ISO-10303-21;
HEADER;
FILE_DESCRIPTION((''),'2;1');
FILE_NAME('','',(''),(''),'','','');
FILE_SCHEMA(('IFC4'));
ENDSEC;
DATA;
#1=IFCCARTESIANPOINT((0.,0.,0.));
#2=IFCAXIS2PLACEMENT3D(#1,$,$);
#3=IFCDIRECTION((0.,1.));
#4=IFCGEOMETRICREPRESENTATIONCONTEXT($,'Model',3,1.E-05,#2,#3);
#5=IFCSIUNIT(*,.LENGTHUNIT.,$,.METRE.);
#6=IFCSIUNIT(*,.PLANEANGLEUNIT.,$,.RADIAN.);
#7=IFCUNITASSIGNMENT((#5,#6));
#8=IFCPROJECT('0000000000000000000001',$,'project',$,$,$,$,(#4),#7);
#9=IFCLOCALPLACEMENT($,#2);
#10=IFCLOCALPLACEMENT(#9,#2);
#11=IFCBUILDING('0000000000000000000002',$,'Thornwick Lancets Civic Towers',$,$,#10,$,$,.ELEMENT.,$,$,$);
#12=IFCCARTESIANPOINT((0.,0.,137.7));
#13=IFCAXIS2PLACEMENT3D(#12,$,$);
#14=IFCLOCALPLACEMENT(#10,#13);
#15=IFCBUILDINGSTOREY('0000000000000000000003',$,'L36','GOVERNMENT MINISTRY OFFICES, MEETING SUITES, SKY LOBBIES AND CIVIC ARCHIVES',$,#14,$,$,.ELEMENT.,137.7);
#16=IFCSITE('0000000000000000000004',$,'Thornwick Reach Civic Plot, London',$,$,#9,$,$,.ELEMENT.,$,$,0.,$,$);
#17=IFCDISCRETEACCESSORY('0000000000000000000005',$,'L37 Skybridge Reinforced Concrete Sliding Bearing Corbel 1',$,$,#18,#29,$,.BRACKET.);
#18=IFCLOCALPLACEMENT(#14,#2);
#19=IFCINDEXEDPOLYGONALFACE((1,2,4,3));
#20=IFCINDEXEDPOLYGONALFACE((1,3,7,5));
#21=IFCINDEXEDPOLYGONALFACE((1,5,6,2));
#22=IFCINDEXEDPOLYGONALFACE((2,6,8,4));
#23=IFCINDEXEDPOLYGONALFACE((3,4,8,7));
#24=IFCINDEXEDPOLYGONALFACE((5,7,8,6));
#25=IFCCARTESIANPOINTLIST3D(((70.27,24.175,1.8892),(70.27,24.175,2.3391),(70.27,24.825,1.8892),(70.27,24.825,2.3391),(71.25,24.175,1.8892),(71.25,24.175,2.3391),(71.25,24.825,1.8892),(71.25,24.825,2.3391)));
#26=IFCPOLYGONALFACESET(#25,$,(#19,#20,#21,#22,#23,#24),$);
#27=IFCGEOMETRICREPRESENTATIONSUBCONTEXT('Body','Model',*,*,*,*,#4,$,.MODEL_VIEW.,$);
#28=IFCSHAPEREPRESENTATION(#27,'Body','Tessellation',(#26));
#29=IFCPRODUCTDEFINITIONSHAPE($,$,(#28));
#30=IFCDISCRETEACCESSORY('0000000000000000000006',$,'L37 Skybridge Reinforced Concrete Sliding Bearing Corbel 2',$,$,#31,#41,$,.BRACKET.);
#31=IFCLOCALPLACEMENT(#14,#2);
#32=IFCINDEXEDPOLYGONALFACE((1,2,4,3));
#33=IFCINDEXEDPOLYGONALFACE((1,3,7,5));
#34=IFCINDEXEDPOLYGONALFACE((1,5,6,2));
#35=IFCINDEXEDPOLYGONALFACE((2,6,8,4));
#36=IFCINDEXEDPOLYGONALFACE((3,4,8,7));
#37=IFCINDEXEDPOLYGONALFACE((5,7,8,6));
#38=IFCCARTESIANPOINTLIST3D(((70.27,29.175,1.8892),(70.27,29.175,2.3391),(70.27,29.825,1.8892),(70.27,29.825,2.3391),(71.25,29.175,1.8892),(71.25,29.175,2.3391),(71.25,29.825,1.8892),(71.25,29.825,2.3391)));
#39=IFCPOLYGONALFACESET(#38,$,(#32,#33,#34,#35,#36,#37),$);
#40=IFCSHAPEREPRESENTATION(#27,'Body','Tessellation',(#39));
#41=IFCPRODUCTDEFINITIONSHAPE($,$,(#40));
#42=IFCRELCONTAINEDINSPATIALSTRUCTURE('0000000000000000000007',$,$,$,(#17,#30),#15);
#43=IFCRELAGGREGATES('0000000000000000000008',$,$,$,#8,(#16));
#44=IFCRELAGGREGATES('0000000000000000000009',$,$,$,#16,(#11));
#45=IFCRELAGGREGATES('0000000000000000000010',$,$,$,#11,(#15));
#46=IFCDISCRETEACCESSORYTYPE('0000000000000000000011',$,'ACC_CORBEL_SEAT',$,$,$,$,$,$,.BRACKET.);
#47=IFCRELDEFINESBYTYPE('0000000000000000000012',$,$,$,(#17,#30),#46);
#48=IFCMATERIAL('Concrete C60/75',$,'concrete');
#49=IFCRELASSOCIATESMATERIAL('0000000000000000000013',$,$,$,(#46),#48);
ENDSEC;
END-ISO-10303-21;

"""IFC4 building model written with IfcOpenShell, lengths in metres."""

from ifc_helpers import new_model, si_unit, direction, frame, origin, origin_2d, place, context, subcontext, project, spatial, rectangle, extrude, material, type_object, element, save


model = new_model("IFC4")

# Units and contexts
model_context = context("Model", 3, precision=1e-05, world=origin(), true_north=direction((0.0, 1.0)))
body_context = subcontext(model_context, "Body", "Model", "MODEL_VIEW")
ifc_project = project(units=[si_unit("LENGTHUNIT", "METRE"), si_unit("PLANEANGLEUNIT", "RADIAN")], contexts=[model_context])

# Site, building, storey
site_placement = place(None, origin())
site = spatial("IfcSite", under=ifc_project, at=site_placement, Name="Thornwick Reach Civic Plot, London", CompositionType="ELEMENT", RefElevation=0.0)
building_placement = place(site_placement, origin())
building = spatial("IfcBuilding", under=site, at=building_placement, Name="Thornwick Lancets Civic Towers", CompositionType="ELEMENT")
storey_placement = place(building_placement, frame((0.0, 0.0, 137.7)))
storey = spatial("IfcBuildingStorey", under=building, at=storey_placement, Name="L36", Description="GOVERNMENT MINISTRY OFFICES, MEETING SUITES, SKY LOBBIES AND CIVIC ARCHIVES", CompositionType="ELEMENT", Elevation=137.7)

# Shared definitions
ifc_material_1 = material(Name="Concrete C60/75", Category="concrete")

# Discrete accessories
discrete_accessory_type = type_object("IfcDiscreteAccessoryType", Name="ACC_CORBEL_SEAT", PredefinedType="BRACKET", material=ifc_material_1)
for number, where, z_axis, x_axis, name in (
    (1, (70.76, 24.5, 1.8892), (0.0, 0.0, 1.0), (1.0, 0.0, 0.0), "L37 Skybridge Reinforced Concrete Sliding Bearing Corbel 1"),
    (2, (70.76, 29.5, 1.8892), (0.0, 0.0, 1.0), (1.0, 0.0, 0.0), "L37 Skybridge Reinforced Concrete Sliding Bearing Corbel 2"),
):
    element("IfcDiscreteAccessory", number, at=place(storey_placement, frame(where, z_axis=z_axis, x_axis=x_axis)), inside=storey, type_object=discrete_accessory_type, Name=name, PredefinedType="BRACKET", context=body_context, shape_type="SweptSolid", body=[
        extrude(rectangle(XDim=0.98, YDim=0.6499, at=origin_2d()), origin(), (0.0, 0.0, 1.0), 0.45),
    ])

save(model, "model.ifc")
